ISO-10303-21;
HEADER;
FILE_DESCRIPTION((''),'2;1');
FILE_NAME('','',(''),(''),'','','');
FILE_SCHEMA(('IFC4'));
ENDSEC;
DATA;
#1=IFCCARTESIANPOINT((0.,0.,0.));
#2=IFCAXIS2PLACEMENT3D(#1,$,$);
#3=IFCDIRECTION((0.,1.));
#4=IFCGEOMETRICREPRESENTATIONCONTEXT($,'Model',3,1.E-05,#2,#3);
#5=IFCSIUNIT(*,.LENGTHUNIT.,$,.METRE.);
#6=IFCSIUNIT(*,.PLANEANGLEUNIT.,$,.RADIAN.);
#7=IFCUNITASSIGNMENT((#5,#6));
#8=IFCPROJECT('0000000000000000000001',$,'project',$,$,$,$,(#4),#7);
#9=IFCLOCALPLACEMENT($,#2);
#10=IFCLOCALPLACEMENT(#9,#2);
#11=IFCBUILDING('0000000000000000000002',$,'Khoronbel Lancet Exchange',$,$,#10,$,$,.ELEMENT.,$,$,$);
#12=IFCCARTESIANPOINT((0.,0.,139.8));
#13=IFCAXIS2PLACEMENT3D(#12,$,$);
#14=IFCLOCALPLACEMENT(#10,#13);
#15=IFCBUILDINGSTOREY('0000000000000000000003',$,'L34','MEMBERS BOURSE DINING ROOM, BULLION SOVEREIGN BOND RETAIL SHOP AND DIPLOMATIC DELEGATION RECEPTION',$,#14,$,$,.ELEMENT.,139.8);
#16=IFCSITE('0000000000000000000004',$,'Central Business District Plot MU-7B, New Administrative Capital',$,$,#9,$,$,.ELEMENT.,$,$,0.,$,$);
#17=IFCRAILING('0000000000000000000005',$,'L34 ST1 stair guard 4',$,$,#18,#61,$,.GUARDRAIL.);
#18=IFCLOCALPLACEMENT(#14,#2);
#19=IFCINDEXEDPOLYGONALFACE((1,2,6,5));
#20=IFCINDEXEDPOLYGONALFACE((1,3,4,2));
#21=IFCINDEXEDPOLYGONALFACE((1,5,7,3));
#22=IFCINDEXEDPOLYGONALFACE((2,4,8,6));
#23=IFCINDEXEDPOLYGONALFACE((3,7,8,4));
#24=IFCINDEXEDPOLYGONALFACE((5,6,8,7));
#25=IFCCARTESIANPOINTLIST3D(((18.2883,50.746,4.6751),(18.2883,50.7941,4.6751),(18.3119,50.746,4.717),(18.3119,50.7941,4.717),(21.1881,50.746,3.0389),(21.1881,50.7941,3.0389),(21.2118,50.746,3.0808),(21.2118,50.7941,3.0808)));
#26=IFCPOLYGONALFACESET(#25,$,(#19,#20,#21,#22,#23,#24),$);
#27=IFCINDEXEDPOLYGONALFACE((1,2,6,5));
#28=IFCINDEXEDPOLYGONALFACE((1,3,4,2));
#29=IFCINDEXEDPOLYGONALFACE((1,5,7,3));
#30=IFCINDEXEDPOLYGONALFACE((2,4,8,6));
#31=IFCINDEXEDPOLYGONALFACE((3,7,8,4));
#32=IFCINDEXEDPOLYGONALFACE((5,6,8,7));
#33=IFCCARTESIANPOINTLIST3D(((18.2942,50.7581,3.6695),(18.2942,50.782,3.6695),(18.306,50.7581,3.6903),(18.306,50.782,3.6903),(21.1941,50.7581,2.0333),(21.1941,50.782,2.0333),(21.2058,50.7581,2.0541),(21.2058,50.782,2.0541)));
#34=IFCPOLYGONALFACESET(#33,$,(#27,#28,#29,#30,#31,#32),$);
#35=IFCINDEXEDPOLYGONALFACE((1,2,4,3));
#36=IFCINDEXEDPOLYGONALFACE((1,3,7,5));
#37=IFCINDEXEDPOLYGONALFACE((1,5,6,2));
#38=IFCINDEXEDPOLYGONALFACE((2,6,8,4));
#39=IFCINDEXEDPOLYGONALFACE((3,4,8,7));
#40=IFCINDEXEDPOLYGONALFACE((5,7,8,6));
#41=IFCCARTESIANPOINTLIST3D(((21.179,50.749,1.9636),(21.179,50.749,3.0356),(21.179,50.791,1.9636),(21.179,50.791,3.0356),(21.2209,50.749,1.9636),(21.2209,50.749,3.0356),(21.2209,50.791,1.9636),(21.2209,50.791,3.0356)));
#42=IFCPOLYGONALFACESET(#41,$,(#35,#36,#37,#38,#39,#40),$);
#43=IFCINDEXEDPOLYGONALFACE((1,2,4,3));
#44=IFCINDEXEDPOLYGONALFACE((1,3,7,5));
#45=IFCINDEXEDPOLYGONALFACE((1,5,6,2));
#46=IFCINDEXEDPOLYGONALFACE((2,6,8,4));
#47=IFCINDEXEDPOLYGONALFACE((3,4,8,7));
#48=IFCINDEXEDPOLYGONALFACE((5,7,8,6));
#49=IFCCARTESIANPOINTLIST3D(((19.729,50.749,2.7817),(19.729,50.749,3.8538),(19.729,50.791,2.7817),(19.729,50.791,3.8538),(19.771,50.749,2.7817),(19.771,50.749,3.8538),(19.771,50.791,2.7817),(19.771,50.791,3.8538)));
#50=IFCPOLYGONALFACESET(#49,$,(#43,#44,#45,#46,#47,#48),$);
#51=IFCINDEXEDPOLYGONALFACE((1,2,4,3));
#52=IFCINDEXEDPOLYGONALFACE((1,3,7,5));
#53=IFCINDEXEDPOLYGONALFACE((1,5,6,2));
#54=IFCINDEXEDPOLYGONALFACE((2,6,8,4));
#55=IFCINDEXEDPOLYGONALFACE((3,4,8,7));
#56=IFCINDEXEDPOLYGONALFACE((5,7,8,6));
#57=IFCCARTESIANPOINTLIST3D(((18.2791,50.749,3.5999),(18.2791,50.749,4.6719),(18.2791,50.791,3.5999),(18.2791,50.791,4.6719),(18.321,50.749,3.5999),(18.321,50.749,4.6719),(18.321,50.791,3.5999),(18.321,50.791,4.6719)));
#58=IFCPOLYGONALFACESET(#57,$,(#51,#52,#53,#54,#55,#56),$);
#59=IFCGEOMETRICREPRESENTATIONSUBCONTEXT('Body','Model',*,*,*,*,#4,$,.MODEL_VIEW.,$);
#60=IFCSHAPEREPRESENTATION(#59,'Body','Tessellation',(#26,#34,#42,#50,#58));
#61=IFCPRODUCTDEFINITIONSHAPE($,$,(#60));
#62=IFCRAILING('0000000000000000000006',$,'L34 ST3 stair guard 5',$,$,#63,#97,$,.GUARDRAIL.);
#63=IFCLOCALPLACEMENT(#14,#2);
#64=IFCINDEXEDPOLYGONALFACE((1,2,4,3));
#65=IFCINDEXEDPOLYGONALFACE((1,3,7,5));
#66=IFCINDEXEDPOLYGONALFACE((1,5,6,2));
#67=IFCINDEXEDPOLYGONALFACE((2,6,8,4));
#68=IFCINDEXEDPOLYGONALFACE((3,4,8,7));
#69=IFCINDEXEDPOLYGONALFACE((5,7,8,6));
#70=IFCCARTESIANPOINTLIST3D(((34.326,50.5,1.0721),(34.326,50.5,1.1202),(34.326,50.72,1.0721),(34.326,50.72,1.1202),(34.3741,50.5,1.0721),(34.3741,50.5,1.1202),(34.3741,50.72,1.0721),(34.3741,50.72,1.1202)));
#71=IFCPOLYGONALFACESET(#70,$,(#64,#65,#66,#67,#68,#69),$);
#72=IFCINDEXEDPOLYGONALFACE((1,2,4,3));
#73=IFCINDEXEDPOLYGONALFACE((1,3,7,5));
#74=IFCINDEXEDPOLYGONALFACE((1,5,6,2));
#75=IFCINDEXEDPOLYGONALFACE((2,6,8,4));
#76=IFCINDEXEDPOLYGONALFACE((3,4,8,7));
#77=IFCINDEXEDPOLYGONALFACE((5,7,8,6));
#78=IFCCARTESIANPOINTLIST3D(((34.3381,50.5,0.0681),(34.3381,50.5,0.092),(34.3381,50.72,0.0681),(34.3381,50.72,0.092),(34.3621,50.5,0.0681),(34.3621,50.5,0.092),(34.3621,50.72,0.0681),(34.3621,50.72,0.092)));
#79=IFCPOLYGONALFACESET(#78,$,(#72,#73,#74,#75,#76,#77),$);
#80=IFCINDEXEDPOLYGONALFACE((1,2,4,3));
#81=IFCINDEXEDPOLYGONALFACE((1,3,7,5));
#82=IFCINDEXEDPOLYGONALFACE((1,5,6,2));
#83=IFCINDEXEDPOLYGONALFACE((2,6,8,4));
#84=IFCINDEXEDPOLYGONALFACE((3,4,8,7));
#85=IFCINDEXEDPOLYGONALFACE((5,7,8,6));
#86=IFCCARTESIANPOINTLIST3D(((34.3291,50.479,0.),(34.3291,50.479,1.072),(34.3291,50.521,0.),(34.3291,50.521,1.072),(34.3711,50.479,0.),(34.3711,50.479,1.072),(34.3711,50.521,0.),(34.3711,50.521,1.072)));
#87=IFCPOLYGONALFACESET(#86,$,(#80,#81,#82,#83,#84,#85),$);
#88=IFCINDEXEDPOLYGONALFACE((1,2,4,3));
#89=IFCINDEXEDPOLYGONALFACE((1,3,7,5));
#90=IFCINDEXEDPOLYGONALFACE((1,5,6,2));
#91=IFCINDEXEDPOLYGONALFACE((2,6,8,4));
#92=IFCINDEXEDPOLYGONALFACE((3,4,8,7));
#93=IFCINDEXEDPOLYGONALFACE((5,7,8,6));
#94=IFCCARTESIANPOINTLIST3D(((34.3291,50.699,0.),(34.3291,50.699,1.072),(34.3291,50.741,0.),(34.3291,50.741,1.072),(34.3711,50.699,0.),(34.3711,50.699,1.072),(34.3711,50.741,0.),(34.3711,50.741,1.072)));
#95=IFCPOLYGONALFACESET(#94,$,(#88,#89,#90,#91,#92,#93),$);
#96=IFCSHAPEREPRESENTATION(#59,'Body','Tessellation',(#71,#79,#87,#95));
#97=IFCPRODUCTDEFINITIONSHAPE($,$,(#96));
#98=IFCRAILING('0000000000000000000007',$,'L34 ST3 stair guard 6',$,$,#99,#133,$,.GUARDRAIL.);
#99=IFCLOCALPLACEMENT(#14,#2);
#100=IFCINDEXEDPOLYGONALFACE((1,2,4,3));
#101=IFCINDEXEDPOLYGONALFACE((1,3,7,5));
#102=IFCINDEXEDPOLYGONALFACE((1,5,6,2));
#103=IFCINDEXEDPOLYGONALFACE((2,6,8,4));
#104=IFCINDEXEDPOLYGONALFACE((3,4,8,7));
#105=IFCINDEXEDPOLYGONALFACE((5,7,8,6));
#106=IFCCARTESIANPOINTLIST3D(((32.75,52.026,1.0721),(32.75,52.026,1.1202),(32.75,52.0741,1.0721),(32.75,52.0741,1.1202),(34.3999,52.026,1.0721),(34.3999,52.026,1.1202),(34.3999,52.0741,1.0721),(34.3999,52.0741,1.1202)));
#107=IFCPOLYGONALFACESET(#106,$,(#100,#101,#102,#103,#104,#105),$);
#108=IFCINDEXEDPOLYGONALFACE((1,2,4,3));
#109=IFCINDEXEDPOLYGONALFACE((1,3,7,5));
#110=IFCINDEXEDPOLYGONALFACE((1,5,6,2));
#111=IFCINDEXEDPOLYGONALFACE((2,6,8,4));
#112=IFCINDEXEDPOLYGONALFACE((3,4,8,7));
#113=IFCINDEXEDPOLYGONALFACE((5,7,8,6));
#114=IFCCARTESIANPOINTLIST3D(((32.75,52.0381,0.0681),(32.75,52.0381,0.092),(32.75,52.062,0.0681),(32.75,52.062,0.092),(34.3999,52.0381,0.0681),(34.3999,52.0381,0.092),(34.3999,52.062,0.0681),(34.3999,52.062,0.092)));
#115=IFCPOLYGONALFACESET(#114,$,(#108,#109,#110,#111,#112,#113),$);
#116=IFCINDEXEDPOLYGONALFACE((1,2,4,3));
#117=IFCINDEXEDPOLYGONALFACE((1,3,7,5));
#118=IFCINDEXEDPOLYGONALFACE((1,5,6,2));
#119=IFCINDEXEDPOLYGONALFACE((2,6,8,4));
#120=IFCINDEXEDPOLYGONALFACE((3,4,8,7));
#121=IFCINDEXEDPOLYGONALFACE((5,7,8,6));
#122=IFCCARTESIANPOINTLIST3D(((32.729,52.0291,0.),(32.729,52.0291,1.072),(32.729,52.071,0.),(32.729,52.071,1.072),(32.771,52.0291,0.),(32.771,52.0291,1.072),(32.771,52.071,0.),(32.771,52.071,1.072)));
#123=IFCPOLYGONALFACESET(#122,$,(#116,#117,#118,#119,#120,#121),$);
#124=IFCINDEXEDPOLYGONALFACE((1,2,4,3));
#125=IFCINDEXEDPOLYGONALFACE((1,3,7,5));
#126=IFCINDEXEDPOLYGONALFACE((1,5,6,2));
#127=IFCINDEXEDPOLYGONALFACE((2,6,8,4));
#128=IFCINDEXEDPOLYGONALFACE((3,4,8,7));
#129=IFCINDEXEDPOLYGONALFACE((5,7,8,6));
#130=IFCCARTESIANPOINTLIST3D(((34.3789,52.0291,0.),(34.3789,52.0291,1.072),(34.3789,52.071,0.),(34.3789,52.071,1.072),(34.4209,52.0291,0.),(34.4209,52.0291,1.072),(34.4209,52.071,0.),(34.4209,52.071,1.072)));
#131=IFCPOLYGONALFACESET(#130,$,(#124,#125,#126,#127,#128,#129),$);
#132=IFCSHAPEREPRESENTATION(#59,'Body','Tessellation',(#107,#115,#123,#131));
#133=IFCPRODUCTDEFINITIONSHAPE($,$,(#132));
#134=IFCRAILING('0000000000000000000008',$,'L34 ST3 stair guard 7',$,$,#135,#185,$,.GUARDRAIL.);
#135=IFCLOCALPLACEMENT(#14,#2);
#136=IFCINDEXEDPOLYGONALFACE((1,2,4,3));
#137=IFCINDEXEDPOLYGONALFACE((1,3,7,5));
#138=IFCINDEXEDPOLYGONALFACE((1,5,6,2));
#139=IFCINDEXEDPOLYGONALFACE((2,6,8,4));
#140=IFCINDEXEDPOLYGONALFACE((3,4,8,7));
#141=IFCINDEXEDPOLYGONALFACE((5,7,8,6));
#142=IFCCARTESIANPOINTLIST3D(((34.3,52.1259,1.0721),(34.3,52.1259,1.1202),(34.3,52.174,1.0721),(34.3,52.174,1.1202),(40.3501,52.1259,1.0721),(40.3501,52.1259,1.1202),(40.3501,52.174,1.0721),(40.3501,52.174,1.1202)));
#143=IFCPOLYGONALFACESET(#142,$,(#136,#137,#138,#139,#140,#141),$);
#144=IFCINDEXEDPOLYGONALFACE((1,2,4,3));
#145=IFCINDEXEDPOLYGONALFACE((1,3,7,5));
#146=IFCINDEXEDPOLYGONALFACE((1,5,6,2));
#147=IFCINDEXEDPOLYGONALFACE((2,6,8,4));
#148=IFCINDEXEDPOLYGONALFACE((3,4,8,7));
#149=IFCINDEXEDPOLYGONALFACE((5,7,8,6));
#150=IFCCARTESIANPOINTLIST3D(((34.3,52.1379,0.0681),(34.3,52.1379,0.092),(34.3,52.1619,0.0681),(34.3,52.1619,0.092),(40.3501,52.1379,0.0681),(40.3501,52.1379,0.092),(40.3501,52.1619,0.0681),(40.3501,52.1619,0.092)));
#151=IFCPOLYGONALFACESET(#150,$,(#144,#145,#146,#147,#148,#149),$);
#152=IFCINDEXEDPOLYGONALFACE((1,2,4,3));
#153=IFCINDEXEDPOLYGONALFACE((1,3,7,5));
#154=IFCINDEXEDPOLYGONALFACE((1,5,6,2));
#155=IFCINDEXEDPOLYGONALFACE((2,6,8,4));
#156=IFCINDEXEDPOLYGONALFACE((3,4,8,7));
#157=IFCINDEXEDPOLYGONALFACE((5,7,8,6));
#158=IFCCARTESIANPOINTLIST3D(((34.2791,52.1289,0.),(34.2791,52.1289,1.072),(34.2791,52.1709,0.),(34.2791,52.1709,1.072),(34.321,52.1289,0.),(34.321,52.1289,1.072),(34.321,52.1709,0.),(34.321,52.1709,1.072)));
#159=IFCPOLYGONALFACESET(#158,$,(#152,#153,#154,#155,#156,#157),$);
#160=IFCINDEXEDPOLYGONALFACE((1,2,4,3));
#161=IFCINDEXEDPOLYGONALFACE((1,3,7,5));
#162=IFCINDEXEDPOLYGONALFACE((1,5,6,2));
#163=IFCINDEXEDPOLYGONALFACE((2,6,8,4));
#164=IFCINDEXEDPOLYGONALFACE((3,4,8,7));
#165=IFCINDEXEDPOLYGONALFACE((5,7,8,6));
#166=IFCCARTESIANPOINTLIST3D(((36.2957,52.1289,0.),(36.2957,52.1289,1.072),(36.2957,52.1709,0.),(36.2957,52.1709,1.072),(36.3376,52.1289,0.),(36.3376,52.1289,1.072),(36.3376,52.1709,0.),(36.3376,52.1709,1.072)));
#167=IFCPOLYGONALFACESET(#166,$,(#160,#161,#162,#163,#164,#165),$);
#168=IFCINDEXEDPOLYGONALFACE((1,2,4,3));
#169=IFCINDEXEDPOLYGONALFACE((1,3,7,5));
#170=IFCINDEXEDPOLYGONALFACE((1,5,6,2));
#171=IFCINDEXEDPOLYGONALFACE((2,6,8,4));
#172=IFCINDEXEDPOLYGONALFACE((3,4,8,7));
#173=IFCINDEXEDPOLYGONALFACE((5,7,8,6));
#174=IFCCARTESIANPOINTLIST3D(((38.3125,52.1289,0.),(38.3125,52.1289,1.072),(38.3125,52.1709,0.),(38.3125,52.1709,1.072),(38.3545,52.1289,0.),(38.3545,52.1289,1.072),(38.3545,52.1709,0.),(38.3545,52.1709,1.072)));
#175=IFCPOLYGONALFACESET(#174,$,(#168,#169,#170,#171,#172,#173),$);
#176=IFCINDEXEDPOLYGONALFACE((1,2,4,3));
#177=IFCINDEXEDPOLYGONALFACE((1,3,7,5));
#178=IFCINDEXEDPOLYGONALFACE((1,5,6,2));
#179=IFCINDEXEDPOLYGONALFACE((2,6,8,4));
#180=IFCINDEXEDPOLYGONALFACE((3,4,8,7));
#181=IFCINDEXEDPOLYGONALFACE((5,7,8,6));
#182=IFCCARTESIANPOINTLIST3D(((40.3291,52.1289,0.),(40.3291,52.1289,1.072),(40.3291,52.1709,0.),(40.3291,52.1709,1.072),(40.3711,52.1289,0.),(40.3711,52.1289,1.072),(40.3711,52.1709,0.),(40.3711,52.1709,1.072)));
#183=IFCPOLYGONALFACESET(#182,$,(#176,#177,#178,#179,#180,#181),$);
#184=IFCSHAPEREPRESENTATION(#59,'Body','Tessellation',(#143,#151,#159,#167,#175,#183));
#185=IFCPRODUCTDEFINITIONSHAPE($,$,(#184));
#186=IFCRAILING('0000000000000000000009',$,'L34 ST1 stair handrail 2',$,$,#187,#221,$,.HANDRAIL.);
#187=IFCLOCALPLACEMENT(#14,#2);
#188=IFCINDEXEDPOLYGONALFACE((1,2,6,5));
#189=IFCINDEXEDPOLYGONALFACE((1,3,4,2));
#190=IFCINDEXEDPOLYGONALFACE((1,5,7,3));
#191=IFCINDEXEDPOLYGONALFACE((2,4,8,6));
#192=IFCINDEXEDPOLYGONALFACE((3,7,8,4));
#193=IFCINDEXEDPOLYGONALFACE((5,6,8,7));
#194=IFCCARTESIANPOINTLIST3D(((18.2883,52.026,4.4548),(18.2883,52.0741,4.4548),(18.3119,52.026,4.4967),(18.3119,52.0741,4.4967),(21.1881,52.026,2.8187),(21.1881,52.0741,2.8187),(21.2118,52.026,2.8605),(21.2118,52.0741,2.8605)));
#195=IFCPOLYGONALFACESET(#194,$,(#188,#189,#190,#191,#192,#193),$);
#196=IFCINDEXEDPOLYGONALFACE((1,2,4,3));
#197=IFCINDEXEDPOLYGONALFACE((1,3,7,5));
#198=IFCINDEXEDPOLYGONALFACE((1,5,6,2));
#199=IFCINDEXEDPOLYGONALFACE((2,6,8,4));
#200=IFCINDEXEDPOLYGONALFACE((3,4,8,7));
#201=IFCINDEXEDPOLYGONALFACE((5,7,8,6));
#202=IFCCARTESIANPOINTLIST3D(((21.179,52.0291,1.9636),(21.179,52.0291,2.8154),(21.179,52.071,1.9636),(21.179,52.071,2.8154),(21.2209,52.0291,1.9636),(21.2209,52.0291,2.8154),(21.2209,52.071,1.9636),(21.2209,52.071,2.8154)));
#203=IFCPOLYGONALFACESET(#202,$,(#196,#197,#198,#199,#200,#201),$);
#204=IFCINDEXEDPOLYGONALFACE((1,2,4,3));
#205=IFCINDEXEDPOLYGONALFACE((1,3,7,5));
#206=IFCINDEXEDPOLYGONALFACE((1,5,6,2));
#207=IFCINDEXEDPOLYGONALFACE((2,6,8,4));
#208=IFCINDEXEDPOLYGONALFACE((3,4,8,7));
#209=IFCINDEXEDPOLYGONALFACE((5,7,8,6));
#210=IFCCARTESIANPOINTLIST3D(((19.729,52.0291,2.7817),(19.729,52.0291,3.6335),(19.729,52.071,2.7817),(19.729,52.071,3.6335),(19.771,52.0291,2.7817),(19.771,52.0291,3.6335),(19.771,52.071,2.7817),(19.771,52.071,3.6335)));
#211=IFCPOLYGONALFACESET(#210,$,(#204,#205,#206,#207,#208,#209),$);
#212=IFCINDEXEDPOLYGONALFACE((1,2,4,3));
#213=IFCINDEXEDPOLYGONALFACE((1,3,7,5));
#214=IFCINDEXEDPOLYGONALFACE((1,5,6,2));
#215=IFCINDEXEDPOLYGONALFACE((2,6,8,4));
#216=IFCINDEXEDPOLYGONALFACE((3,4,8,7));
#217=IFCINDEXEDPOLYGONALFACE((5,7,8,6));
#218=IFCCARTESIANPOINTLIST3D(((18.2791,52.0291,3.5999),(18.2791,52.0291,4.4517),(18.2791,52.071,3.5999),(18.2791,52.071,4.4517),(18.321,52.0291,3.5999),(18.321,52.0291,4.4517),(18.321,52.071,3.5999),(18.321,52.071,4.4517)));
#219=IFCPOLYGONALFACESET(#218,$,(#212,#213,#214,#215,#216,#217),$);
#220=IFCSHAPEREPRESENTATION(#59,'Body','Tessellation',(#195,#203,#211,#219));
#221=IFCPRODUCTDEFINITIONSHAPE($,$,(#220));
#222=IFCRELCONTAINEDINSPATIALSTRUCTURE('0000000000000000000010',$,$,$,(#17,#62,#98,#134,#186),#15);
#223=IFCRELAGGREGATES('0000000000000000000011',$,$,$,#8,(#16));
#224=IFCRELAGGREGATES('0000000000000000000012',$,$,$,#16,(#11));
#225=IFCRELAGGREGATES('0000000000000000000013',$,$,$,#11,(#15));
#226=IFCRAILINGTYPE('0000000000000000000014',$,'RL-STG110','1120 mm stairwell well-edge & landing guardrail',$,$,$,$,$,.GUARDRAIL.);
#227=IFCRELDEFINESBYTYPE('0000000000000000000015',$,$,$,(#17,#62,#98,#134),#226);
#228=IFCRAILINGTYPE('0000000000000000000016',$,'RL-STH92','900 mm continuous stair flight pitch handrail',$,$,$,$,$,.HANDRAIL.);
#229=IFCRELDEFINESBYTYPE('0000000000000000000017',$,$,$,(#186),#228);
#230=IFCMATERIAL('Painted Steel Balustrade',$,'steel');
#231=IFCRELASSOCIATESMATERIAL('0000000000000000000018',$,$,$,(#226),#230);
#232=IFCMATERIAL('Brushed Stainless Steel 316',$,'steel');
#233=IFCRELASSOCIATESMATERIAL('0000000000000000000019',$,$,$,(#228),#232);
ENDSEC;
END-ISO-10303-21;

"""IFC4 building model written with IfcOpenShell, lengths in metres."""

from ifc_helpers import new_model, si_unit, direction, frame, origin, origin_2d, place, context, subcontext, project, spatial, rectangle, extrude, material, type_object, element, save


model = new_model("IFC4")

# Units and contexts
model_context = context("Model", 3, precision=1e-05, world=origin(), true_north=direction((0.0, 1.0)))
body_context = subcontext(model_context, "Body", "Model", "MODEL_VIEW")
ifc_project = project(units=[si_unit("LENGTHUNIT", "METRE"), si_unit("PLANEANGLEUNIT", "RADIAN")], contexts=[model_context])

# Site, building, storey
site_placement = place(None, origin())
site = spatial("IfcSite", under=ifc_project, at=site_placement, Name="Central Business District Plot MU-7B, New Administrative Capital", CompositionType="ELEMENT", RefElevation=0.0)
building_placement = place(site_placement, origin())
building = spatial("IfcBuilding", under=site, at=building_placement, Name="Khoronbel Lancet Exchange", CompositionType="ELEMENT")
storey_placement = place(building_placement, frame((0.0, 0.0, 139.8)))
storey = spatial("IfcBuildingStorey", under=building, at=storey_placement, Name="L34", Description="MEMBERS BOURSE DINING ROOM, BULLION SOVEREIGN BOND RETAIL SHOP AND DIPLOMATIC DELEGATION RECEPTION", CompositionType="ELEMENT", Elevation=139.8)

# Railings
ifc_material_1 = material(Name="Painted Steel Balustrade", Category="steel")
railing_type_1 = type_object("IfcRailingType", Name="RL-STG110", Description="1120 mm stairwell well-edge & landing guardrail", PredefinedType="GUARDRAIL", material=ifc_material_1)
railing_1_placement = place(storey_placement, frame((21.2, 50.77, 1.9636)))
element("IfcRailing", 1, at=railing_1_placement, inside=storey, type_object=railing_type_1, Name="L34 ST1 stair guard 4", PredefinedType="GUARDRAIL", context=body_context, shape_type="SweptSolid", body=[
    extrude(rectangle(XDim=0.0481, YDim=0.0481, at=origin_2d()), frame((0.0, 0.0, 1.0962), z_axis=(-0.870929, 0.0, 0.49141), x_axis=(0.0, -1.0, 0.0)), (0.0, 0.0, 1.0), 3.3296),
    extrude(rectangle(XDim=0.0239, YDim=0.0239, at=origin_2d()), frame((0.0, 0.0, 0.0801), z_axis=(-0.870929, 0.0, 0.49141), x_axis=(0.0, -1.0, 0.0)), (0.0, 0.0, 1.0), 3.3296),
    extrude(rectangle(XDim=0.042, YDim=0.042, at=origin_2d()), origin(), (0.0, 0.0, 1.0), 1.072),
    extrude(rectangle(XDim=0.042, YDim=0.042, at=origin_2d()), frame((-1.45, 0.0, 0.8181)), (0.0, 0.0, 1.0), 1.072),
    extrude(rectangle(XDim=0.042, YDim=0.042, at=origin_2d()), frame((-2.8999, 0.0, 1.6362)), (0.0, 0.0, 1.0), 1.072),
])
railing_2_placement = place(storey_placement, frame((34.3501, 50.5, 0.0)))
element("IfcRailing", 2, at=railing_2_placement, inside=storey, type_object=railing_type_1, Name="L34 ST3 stair guard 5", PredefinedType="GUARDRAIL", context=body_context, shape_type="SweptSolid", body=[
    extrude(rectangle(XDim=0.0481, YDim=0.0481, at=origin_2d()), frame((0.0, 0.0, 1.0962), z_axis=(0.0, 1.0, 0.0), x_axis=(-1.0, 0.0, 0.0)), (0.0, 0.0, 1.0), 0.22),
    extrude(rectangle(XDim=0.0239, YDim=0.0239, at=origin_2d()), frame((0.0, 0.0, 0.0801), z_axis=(0.0, 1.0, 0.0), x_axis=(-1.0, 0.0, 0.0)), (0.0, 0.0, 1.0), 0.22),
    extrude(rectangle(XDim=0.042, YDim=0.042, at=origin_2d()), origin(), (0.0, 0.0, 1.0), 1.072),
    extrude(rectangle(XDim=0.042, YDim=0.042, at=origin_2d()), frame((0.0, 0.22, 0.0)), (0.0, 0.0, 1.0), 1.072),
])
railing_3_placement = place(storey_placement, frame((32.75, 52.05, 0.0)))
element("IfcRailing", 3, at=railing_3_placement, inside=storey, type_object=railing_type_1, Name="L34 ST3 stair guard 6", PredefinedType="GUARDRAIL", context=body_context, shape_type="SweptSolid", body=[
    extrude(rectangle(XDim=0.0481, YDim=0.0481, at=origin_2d()), frame((0.0, 0.0, 1.0962), z_axis=(1.0, 0.0, 0.0), x_axis=(0.0, 1.0, 0.0)), (0.0, 0.0, 1.0), 1.6499),
    extrude(rectangle(XDim=0.0239, YDim=0.0239, at=origin_2d()), frame((0.0, 0.0, 0.0801), z_axis=(1.0, 0.0, 0.0), x_axis=(0.0, 1.0, 0.0)), (0.0, 0.0, 1.0), 1.6499),
    extrude(rectangle(XDim=0.042, YDim=0.042, at=origin_2d()), origin(), (0.0, 0.0, 1.0), 1.072),
    extrude(rectangle(XDim=0.042, YDim=0.042, at=origin_2d()), frame((1.6499, 0.0, 0.0)), (0.0, 0.0, 1.0), 1.072),
])
railing_4_placement = place(storey_placement, frame((34.3, 52.1499, 0.0)))
element("IfcRailing", 4, at=railing_4_placement, inside=storey, type_object=railing_type_1, Name="L34 ST3 stair guard 7", PredefinedType="GUARDRAIL", context=body_context, shape_type="SweptSolid", body=[
    extrude(rectangle(XDim=0.0481, YDim=0.0481, at=origin_2d()), frame((0.0, 0.0, 1.0962), z_axis=(1.0, 0.0, 0.0), x_axis=(0.0, 1.0, 0.0)), (0.0, 0.0, 1.0), 6.05),
    extrude(rectangle(XDim=0.0239, YDim=0.0239, at=origin_2d()), frame((0.0, 0.0, 0.0801), z_axis=(1.0, 0.0, 0.0), x_axis=(0.0, 1.0, 0.0)), (0.0, 0.0, 1.0), 6.05),
    extrude(rectangle(XDim=0.042, YDim=0.042, at=origin_2d()), origin(), (0.0, 0.0, 1.0), 1.072),
    extrude(rectangle(XDim=0.042, YDim=0.042, at=origin_2d()), frame((2.0166, 0.0, 0.0)), (0.0, 0.0, 1.0), 1.072),
    extrude(rectangle(XDim=0.042, YDim=0.042, at=origin_2d()), frame((4.0334, 0.0, 0.0)), (0.0, 0.0, 1.0), 1.072),
    extrude(rectangle(XDim=0.042, YDim=0.042, at=origin_2d()), frame((6.05, 0.0, 0.0)), (0.0, 0.0, 1.0), 1.072),
])
ifc_material_2 = material(Name="Brushed Stainless Steel 316", Category="steel")
railing_type_2 = type_object("IfcRailingType", Name="RL-STH92", Description="900 mm continuous stair flight pitch handrail", PredefinedType="HANDRAIL", material=ifc_material_2)
railing_5_placement = place(storey_placement, frame((21.2, 52.05, 1.9636)))
element("IfcRailing", 5, at=railing_5_placement, inside=storey, type_object=railing_type_2, Name="L34 ST1 stair handrail 2", PredefinedType="HANDRAIL", context=body_context, shape_type="SweptSolid", body=[
    extrude(rectangle(XDim=0.0481, YDim=0.0481, at=origin_2d()), frame((0.0, 0.0, 0.876), z_axis=(-0.870929, 0.0, 0.49141), x_axis=(0.0, -1.0, 0.0)), (0.0, 0.0, 1.0), 3.3296),
    extrude(rectangle(XDim=0.042, YDim=0.042, at=origin_2d()), origin(), (0.0, 0.0, 1.0), 0.8518),
    extrude(rectangle(XDim=0.042, YDim=0.042, at=origin_2d()), frame((-1.45, 0.0, 0.8181)), (0.0, 0.0, 1.0), 0.8518),
    extrude(rectangle(XDim=0.042, YDim=0.042, at=origin_2d()), frame((-2.8999, 0.0, 1.6362)), (0.0, 0.0, 1.0), 0.8518),
])

save(model, "model.ifc")
